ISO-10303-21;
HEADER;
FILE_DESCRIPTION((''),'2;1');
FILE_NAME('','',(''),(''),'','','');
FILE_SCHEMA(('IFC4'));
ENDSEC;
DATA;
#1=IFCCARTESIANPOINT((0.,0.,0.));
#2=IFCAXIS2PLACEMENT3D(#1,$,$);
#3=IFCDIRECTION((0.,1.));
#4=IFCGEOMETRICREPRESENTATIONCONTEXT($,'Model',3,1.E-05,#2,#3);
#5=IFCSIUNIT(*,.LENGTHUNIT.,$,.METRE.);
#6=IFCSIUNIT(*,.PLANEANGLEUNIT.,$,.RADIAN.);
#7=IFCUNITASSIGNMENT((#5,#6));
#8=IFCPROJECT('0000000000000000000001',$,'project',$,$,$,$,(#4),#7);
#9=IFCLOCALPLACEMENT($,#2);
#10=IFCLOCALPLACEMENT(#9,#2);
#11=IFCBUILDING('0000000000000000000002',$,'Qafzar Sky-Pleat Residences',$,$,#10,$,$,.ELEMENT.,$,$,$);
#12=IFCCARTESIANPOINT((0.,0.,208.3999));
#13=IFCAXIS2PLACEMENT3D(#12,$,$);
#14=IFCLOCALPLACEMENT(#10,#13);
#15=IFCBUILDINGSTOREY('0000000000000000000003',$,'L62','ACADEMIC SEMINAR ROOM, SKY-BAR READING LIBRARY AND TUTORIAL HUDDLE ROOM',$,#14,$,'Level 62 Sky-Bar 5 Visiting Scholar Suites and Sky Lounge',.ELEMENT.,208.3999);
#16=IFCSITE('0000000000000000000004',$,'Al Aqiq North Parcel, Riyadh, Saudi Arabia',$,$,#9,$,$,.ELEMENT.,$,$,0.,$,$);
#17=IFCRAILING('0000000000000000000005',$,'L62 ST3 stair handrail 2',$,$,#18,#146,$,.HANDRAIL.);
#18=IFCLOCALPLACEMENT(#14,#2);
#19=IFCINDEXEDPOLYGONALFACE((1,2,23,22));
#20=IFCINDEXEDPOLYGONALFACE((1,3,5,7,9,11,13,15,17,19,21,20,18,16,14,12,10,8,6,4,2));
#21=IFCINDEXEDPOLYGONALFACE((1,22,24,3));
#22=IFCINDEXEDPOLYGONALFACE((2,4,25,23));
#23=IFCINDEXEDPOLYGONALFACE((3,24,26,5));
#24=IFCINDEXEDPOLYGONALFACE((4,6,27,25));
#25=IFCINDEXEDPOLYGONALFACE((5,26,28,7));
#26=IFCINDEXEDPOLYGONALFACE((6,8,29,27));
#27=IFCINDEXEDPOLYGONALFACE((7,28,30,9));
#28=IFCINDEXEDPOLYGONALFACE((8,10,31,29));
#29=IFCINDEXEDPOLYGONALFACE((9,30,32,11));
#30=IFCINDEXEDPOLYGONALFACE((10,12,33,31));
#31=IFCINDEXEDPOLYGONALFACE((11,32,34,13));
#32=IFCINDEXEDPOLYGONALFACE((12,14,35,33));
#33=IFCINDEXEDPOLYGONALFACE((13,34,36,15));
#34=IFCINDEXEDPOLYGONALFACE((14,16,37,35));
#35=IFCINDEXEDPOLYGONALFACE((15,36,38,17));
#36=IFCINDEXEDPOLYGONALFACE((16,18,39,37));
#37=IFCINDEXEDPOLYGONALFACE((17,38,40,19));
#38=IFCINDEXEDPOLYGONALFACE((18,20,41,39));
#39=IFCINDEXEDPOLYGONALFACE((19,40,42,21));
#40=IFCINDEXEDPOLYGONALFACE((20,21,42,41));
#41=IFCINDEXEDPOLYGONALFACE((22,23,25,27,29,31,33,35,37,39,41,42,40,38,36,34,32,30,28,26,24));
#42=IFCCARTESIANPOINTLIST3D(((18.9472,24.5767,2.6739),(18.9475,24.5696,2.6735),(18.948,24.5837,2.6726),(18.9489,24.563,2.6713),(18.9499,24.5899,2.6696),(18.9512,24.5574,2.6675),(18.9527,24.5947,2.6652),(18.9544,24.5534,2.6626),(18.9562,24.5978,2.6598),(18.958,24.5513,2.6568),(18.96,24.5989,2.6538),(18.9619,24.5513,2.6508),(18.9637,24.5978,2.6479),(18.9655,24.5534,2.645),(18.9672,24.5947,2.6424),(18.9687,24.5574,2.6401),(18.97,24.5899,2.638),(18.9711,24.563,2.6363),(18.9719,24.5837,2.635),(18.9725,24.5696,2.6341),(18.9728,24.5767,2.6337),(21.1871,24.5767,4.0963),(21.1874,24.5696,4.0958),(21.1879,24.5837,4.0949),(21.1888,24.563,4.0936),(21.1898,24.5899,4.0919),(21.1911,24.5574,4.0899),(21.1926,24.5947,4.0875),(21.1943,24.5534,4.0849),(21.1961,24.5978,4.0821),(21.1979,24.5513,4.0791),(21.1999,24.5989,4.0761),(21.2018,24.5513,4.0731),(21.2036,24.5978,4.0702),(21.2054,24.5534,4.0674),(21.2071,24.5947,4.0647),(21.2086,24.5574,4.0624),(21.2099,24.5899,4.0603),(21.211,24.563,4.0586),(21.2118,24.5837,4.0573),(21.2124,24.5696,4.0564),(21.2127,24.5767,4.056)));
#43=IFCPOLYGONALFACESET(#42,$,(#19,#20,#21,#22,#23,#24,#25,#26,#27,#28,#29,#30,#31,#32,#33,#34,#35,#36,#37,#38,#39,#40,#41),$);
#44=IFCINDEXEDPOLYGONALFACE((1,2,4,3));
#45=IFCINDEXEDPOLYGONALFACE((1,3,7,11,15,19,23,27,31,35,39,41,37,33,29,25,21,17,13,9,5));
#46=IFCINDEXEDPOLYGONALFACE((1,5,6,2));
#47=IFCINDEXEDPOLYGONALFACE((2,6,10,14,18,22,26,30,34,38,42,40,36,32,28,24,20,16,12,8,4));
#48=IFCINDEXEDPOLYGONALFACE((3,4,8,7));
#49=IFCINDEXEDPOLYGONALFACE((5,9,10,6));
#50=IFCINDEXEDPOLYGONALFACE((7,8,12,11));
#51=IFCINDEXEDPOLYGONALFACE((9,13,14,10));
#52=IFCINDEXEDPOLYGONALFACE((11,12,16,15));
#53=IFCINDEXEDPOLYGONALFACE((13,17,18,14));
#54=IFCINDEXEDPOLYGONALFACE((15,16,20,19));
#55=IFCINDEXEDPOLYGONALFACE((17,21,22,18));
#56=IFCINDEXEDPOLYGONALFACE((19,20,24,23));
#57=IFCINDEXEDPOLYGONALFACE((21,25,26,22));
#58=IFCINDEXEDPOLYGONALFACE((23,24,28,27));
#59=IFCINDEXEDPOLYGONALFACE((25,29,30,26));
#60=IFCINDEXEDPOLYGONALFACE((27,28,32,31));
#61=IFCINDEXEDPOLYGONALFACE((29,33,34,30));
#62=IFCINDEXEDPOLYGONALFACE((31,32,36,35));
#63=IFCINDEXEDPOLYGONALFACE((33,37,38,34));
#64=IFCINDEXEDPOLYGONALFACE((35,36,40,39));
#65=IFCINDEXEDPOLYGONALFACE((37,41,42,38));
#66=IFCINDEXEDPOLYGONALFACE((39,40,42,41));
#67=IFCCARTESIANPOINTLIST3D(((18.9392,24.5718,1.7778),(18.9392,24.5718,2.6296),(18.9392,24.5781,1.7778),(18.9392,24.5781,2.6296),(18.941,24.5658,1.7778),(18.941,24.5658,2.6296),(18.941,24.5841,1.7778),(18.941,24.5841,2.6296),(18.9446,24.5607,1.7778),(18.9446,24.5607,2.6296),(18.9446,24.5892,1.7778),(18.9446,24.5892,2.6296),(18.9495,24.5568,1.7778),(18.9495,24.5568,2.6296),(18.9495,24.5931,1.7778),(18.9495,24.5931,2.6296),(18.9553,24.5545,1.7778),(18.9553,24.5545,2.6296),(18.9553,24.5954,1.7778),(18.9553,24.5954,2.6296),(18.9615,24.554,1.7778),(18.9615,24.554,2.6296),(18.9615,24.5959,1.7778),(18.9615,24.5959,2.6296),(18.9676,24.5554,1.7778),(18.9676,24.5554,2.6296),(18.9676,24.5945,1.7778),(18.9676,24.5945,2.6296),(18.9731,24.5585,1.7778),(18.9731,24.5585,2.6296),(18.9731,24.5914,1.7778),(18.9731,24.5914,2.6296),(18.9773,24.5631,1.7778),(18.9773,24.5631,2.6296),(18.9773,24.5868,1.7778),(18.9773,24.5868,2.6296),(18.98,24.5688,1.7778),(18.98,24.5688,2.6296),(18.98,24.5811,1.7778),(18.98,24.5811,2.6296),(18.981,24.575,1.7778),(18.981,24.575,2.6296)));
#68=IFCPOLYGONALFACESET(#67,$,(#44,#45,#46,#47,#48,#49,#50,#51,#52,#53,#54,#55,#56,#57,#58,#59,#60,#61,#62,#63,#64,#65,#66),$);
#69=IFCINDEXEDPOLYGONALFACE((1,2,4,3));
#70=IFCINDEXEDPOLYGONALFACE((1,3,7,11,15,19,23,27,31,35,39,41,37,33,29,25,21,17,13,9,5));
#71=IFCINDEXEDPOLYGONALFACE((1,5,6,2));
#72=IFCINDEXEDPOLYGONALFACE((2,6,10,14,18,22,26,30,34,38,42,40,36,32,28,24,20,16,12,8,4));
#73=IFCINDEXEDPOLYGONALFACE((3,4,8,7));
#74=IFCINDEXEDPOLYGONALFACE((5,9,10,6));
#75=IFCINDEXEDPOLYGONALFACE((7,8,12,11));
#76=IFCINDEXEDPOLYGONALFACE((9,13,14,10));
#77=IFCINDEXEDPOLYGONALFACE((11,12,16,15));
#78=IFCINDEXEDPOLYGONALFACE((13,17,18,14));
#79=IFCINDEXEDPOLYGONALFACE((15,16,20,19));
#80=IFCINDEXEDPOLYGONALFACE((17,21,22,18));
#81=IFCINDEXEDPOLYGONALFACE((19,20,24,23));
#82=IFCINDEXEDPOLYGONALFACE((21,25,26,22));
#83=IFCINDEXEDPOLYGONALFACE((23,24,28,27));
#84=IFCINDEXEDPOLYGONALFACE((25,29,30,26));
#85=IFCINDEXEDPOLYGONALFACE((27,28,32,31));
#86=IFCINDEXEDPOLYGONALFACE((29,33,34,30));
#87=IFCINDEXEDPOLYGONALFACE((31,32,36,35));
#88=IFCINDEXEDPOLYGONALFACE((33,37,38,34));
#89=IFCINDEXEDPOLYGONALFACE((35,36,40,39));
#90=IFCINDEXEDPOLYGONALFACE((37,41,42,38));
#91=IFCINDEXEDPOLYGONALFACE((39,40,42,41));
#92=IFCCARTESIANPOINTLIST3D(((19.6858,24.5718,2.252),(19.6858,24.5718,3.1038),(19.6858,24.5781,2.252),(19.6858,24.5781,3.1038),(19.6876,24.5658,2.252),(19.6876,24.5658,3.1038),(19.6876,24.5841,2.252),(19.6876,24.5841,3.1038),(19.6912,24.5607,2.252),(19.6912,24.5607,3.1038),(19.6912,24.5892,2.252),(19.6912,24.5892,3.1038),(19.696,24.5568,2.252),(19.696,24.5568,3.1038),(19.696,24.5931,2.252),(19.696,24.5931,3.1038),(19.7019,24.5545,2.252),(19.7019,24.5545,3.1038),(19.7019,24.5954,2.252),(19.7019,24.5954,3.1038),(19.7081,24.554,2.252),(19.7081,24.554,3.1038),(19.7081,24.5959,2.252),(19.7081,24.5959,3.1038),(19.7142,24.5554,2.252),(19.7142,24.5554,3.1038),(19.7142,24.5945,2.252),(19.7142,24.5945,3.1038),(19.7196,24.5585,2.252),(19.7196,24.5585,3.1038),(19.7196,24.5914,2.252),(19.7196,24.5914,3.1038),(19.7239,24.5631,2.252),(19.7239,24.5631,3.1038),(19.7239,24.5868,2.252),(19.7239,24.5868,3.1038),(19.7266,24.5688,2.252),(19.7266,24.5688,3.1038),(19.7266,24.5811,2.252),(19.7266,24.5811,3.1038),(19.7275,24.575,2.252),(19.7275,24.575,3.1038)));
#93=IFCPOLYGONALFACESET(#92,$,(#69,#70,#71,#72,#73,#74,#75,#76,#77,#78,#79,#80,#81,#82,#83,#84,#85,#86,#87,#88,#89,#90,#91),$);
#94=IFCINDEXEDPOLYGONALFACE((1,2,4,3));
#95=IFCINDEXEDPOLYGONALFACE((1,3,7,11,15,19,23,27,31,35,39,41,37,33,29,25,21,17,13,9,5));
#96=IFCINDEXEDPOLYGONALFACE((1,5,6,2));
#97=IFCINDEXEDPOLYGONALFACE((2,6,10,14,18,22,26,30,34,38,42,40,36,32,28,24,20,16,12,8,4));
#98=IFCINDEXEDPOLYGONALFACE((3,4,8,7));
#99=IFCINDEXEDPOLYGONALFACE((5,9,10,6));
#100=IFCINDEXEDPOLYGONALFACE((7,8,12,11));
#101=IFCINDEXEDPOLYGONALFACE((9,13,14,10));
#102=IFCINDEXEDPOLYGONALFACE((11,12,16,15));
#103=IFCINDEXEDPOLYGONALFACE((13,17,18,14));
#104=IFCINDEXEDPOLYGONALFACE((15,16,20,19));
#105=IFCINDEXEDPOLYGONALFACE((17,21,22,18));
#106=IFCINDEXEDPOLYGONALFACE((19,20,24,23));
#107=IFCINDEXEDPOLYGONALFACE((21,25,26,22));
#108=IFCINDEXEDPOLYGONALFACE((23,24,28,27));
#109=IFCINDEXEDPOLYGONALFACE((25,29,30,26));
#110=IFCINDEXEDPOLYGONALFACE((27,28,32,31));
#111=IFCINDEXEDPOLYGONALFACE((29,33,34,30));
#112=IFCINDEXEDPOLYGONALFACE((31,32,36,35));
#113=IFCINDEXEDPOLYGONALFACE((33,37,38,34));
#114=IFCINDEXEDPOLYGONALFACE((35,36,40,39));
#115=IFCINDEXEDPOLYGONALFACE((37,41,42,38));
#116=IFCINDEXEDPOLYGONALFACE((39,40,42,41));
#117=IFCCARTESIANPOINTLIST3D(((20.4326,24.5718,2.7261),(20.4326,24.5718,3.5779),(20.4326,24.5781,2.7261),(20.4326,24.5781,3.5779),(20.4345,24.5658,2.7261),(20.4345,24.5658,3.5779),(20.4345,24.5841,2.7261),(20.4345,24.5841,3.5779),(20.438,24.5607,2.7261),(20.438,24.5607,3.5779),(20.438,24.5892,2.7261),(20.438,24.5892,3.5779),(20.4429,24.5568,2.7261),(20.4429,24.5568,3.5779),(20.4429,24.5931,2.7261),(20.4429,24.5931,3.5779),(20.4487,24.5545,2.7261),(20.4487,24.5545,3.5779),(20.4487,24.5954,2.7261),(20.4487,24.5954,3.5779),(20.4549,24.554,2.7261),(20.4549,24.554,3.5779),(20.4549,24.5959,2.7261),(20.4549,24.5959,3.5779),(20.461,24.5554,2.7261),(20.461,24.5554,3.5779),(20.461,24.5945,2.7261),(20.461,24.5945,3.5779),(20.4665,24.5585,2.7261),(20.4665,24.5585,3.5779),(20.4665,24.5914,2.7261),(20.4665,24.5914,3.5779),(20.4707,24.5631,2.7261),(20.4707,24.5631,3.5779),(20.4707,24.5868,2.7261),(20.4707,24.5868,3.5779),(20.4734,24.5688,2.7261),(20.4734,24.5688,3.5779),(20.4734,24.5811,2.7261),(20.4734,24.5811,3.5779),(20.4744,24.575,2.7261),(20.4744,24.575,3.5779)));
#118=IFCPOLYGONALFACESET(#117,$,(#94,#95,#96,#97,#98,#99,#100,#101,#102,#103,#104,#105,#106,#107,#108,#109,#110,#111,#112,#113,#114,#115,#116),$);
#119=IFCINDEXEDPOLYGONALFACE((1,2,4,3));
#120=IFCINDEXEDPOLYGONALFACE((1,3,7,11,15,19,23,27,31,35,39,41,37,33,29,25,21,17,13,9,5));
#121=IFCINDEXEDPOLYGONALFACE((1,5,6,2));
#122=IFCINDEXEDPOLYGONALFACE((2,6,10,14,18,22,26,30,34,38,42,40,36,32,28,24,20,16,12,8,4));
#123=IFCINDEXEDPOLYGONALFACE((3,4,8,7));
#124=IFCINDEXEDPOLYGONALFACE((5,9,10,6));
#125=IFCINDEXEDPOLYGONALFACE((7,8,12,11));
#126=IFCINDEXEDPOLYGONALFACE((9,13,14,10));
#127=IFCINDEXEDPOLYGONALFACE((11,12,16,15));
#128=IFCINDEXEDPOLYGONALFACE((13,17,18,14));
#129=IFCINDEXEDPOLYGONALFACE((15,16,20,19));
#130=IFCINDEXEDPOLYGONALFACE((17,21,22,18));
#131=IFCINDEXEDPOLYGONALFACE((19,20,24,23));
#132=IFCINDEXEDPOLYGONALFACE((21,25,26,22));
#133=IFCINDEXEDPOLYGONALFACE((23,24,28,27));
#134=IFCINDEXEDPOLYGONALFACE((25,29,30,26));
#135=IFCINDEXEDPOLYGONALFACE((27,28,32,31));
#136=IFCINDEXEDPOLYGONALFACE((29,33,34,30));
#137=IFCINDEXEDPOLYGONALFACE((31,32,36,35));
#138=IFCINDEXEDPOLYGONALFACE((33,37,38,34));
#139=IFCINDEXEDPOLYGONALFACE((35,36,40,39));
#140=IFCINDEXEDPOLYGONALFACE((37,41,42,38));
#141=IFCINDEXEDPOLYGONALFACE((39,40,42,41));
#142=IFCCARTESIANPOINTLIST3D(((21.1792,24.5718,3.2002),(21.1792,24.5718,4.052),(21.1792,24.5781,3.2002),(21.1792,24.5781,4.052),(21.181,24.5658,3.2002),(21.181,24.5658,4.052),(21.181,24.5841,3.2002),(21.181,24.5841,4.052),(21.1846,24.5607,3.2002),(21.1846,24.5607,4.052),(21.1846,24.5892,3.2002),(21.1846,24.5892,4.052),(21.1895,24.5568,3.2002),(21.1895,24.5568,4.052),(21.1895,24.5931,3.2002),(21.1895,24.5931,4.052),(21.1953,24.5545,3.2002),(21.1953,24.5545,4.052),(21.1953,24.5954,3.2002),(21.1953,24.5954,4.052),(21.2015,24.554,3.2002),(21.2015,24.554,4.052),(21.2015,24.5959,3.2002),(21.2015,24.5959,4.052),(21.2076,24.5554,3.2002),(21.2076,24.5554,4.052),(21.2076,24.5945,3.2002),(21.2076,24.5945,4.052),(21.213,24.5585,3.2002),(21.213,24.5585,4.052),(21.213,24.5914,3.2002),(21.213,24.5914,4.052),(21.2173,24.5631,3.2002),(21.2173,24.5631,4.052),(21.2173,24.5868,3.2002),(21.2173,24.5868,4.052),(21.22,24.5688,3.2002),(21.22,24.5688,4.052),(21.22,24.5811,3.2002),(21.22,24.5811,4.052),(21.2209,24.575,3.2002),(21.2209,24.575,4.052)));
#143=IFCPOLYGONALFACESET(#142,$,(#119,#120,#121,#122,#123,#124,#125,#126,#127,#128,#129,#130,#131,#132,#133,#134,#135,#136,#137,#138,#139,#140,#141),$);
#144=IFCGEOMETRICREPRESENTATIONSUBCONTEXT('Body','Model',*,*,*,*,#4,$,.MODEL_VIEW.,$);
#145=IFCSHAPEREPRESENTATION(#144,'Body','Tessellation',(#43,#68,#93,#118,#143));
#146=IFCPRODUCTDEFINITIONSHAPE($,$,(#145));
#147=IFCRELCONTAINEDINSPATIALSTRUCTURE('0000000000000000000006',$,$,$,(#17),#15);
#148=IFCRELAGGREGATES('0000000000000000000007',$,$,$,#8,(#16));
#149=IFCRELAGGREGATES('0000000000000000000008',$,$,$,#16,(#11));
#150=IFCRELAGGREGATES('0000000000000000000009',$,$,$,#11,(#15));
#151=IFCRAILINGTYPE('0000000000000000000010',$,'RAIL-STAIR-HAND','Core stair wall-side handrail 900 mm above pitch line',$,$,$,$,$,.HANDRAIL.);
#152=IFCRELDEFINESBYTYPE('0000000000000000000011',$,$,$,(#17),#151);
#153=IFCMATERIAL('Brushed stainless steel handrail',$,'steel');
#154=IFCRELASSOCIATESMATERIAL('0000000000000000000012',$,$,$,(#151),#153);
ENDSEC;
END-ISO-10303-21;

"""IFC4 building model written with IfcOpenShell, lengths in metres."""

from ifc_helpers import new_model, si_unit, direction, frame, origin, origin_2d, place, context, subcontext, project, spatial, circle, extrude, source, transform, mapped, material, type_object, element, save


model = new_model("IFC4")

# Units and contexts
model_context = context("Model", 3, precision=1e-05, world=origin(), true_north=direction((0.0, 1.0)))
body_context = subcontext(model_context, "Body", "Model", "MODEL_VIEW")
ifc_project = project(units=[si_unit("LENGTHUNIT", "METRE"), si_unit("PLANEANGLEUNIT", "RADIAN")], contexts=[model_context])

# Site, building, storey
site_placement = place(None, origin())
site = spatial("IfcSite", under=ifc_project, at=site_placement, Name="Al Aqiq North Parcel, Riyadh, Saudi Arabia", CompositionType="ELEMENT", RefElevation=0.0)
building_placement = place(site_placement, origin())
building = spatial("IfcBuilding", under=site, at=building_placement, Name="Qafzar Sky-Pleat Residences", CompositionType="ELEMENT")
storey_placement = place(building_placement, frame((0.0, 0.0, 208.3999)))
storey = spatial("IfcBuildingStorey", under=building, at=storey_placement, Name="L62", Description="ACADEMIC SEMINAR ROOM, SKY-BAR READING LIBRARY AND TUTORIAL HUDDLE ROOM", LongName="Level 62 Sky-Bar 5 Visiting Scholar Suites and Sky Lounge", CompositionType="ELEMENT", Elevation=208.3999)

# Railing
ifc_material_1 = material(Name="Brushed stainless steel handrail", Category="steel")
railing_type_1 = type_object("IfcRailingType", Name="RAIL-STAIR-HAND", Description="Core stair wall-side handrail 900 mm above pitch line", PredefinedType="HANDRAIL", material=ifc_material_1)
shared_shape_1 = source(origin(), body_context, "Body", "SweptSolid", [
    extrude(circle(Radius=0.0239, at=origin_2d()), frame((0.0, 0.0, 0.876), z_axis=(0.844188, 0.0, 0.536048), x_axis=(0.0, 1.0, 0.0)), (0.0, 0.0, 1.0), 2.6533),
    extrude(circle(Radius=0.021, at=origin_2d()), origin(), (0.0, 0.0, 1.0), 0.8518),
    extrude(circle(Radius=0.021, at=origin_2d()), frame((0.7466, 0.0, 0.4741)), (0.0, 0.0, 1.0), 0.8518),
    extrude(circle(Radius=0.021, at=origin_2d()), frame((1.4934, 0.0, 0.9482)), (0.0, 0.0, 1.0), 0.8518),
    extrude(circle(Radius=0.021, at=origin_2d()), frame((2.24, 0.0, 1.4224)), (0.0, 0.0, 1.0), 0.8518),
])
railing_1_placement = place(storey_placement, frame((18.96, 24.575, 1.7778)))
element("IfcRailing", 1, at=railing_1_placement, inside=storey, type_object=railing_type_1, Name="L62 ST3 stair handrail 2", PredefinedType="HANDRAIL", context=body_context, shape_type="MappedRepresentation", body=[
    mapped(shared_shape_1, transform((0.0, 0.0, 0.0), x_axis=(1.0, 0.0, 0.0), y_axis=(0.0, 1.0, 0.0), z_axis=(0.0, 0.0, 1.0), scale=1.0)),
])

save(model, "model.ifc")
